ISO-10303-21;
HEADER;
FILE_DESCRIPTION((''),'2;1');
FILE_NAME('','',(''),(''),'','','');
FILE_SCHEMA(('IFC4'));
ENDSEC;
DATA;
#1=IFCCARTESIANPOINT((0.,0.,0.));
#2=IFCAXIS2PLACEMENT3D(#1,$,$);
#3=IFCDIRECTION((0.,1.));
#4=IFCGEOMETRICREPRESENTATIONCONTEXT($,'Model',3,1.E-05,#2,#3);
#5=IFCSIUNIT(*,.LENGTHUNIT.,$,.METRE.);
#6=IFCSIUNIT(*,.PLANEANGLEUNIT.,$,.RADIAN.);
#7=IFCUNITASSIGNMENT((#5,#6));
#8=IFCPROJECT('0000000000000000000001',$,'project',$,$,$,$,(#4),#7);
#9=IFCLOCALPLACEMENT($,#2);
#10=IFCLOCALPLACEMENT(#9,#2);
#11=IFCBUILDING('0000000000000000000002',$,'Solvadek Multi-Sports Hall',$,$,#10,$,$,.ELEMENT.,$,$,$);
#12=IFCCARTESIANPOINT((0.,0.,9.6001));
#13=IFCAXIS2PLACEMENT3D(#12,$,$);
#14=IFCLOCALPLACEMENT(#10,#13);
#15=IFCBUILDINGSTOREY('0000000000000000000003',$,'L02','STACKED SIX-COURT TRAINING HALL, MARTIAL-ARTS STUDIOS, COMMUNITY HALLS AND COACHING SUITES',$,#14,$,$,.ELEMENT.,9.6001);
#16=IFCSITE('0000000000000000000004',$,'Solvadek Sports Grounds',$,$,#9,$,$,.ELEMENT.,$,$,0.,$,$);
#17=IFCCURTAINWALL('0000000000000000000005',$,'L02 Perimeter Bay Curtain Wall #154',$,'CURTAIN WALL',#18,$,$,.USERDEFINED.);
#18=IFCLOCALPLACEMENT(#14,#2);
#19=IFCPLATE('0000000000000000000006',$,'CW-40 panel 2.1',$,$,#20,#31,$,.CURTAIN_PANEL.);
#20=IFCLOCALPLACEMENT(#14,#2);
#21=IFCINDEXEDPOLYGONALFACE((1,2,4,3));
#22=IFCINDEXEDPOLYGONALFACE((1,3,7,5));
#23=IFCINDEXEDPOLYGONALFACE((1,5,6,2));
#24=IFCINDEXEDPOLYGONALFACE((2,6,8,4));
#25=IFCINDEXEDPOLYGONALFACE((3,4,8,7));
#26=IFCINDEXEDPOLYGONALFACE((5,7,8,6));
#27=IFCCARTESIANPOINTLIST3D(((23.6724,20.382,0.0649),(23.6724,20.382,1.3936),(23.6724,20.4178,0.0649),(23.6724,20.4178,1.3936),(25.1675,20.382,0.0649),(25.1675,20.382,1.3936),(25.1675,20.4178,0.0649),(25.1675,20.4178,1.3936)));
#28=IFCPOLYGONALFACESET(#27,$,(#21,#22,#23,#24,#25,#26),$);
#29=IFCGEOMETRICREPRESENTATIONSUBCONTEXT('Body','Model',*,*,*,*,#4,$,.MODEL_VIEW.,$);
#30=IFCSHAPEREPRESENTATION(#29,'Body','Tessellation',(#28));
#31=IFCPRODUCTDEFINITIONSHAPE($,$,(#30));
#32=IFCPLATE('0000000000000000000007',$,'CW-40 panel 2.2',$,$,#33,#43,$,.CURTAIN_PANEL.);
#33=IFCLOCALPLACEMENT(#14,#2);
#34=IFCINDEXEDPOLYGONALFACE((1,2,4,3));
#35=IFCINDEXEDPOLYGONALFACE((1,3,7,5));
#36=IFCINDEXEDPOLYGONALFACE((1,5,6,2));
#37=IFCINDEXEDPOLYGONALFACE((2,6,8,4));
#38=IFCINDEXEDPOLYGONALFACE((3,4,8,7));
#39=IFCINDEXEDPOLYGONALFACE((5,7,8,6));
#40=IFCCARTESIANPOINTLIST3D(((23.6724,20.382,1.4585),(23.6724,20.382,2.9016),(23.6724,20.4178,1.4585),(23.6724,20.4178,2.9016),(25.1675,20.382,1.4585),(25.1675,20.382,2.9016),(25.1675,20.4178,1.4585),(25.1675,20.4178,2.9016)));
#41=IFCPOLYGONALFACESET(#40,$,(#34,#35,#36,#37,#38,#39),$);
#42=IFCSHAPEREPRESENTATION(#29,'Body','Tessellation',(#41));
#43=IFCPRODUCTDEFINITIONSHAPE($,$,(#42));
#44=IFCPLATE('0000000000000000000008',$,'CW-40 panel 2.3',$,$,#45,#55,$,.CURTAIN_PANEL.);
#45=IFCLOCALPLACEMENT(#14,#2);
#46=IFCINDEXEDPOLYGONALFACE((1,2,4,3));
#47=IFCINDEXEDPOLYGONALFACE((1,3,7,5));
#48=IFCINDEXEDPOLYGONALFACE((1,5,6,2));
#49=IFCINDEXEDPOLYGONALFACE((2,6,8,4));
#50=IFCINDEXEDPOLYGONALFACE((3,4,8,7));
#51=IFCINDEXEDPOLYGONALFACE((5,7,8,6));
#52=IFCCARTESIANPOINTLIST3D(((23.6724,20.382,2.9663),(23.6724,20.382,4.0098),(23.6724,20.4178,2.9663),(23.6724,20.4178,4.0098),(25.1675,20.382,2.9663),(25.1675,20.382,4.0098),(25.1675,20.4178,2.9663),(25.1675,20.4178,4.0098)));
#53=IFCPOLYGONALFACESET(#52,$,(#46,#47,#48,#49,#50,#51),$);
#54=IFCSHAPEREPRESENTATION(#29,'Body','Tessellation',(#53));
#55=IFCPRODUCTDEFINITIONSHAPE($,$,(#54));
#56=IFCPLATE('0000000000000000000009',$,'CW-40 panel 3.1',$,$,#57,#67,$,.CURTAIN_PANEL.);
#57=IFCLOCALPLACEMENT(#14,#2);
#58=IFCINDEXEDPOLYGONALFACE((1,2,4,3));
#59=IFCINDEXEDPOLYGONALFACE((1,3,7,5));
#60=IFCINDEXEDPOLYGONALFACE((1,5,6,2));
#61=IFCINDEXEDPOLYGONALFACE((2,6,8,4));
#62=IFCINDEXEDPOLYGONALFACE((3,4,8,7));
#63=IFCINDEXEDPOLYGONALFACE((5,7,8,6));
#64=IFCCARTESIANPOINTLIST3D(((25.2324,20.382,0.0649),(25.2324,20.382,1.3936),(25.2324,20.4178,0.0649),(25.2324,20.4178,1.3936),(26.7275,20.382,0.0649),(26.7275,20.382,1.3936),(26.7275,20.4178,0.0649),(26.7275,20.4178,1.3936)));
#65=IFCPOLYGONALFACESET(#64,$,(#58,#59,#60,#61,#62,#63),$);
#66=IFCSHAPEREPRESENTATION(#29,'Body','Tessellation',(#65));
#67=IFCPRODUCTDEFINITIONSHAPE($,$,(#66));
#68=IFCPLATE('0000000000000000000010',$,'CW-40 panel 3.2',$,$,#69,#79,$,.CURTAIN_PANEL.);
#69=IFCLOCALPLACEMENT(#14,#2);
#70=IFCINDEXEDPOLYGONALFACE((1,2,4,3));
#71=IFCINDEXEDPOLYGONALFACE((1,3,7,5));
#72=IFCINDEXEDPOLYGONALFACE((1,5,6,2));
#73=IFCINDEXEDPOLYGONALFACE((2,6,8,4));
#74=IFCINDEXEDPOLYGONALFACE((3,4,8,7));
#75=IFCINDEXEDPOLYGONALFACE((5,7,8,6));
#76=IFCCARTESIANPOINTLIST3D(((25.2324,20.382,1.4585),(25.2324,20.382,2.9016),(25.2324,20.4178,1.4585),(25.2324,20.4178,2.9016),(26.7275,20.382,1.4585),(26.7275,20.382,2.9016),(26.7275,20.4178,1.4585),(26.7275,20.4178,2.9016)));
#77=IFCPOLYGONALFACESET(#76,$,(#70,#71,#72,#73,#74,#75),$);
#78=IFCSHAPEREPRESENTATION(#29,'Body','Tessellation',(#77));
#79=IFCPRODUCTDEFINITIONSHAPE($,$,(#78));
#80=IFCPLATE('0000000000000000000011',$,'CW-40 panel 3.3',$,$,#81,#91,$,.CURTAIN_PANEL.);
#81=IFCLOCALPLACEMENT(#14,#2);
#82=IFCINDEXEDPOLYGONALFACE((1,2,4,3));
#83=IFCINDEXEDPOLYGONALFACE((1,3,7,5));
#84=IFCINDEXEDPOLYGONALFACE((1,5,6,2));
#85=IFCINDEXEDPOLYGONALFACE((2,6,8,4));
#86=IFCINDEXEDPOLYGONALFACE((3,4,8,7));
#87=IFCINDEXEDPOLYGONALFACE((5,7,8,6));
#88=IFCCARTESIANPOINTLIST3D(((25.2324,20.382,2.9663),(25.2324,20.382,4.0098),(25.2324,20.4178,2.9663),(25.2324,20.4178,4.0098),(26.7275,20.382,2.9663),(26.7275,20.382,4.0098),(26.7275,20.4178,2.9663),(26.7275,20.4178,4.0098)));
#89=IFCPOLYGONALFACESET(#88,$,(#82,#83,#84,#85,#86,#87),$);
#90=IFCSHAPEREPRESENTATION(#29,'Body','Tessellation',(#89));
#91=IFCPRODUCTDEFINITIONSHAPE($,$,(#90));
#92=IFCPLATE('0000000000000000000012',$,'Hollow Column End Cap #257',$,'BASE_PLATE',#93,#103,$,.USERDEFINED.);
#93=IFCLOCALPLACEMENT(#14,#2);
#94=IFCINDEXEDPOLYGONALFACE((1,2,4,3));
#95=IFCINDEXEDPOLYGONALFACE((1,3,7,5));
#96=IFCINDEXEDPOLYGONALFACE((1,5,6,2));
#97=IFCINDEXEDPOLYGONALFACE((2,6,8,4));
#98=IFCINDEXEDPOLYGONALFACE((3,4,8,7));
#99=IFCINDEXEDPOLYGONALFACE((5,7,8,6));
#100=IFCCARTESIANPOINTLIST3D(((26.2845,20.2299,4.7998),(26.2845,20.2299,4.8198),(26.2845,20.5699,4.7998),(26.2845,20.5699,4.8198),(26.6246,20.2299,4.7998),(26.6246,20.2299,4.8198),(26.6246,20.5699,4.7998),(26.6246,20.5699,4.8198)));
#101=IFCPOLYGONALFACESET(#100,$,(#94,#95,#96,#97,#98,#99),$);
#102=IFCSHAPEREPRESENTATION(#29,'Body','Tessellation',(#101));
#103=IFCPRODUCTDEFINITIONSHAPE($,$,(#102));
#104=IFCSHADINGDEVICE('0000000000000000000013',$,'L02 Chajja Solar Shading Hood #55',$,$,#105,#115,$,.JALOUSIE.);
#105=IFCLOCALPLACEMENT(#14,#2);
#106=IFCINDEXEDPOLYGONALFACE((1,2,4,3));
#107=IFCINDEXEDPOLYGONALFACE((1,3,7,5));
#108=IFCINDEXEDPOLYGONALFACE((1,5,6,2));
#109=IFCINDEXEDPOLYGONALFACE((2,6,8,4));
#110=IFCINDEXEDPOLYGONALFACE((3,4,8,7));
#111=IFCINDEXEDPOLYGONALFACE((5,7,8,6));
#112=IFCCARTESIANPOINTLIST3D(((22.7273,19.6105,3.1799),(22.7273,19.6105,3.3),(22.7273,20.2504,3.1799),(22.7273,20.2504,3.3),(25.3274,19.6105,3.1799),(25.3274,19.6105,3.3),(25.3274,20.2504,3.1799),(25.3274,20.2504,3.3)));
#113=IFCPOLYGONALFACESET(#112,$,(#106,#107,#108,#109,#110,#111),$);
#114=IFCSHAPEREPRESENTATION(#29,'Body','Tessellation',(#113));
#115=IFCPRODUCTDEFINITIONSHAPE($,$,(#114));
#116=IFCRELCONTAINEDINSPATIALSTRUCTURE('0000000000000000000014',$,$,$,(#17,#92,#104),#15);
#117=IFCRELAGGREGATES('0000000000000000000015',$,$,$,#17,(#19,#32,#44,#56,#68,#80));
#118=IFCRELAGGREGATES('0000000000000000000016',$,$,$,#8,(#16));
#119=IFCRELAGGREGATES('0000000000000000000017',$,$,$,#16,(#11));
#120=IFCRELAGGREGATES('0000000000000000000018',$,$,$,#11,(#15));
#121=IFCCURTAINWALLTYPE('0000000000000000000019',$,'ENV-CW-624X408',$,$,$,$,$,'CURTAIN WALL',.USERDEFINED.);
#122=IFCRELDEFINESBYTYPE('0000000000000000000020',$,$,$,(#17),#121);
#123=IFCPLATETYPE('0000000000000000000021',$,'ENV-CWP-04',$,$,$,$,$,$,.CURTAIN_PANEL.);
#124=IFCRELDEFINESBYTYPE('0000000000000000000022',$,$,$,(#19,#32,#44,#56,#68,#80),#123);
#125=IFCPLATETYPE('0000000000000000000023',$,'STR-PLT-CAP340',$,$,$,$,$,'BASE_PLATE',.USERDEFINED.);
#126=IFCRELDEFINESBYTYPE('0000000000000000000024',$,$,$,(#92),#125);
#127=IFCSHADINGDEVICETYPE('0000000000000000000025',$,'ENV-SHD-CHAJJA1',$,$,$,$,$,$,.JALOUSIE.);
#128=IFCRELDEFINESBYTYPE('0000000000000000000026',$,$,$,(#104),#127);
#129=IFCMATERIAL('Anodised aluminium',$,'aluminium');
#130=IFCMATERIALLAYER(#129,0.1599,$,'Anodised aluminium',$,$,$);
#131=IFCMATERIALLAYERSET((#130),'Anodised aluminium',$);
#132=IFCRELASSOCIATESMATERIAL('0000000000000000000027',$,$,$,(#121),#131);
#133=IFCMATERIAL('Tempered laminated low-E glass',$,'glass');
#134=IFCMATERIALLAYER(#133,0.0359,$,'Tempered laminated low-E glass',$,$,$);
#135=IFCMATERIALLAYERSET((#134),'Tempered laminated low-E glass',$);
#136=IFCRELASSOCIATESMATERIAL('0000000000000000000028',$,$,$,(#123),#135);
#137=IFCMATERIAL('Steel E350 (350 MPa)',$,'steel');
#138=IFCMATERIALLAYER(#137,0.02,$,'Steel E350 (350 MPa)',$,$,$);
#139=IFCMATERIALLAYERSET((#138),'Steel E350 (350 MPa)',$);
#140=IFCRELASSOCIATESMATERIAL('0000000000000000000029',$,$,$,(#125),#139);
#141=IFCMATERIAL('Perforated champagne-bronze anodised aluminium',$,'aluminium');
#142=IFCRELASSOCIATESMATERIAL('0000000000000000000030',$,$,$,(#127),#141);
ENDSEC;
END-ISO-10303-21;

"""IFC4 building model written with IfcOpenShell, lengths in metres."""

from ifc_helpers import new_model, si_unit, direction, frame, origin, origin_2d, place, context, subcontext, project, spatial, rectangle, extrude, material, layer, layer_set, type_object, element, aggregate, save


model = new_model("IFC4")

# Units and contexts
model_context = context("Model", 3, precision=1e-05, world=origin(), true_north=direction((0.0, 1.0)))
body_context = subcontext(model_context, "Body", "Model", "MODEL_VIEW")
ifc_project = project(units=[si_unit("LENGTHUNIT", "METRE"), si_unit("PLANEANGLEUNIT", "RADIAN")], contexts=[model_context])

# Site, building, storey
site_placement = place(None, origin())
site = spatial("IfcSite", under=ifc_project, at=site_placement, Name="Solvadek Sports Grounds", CompositionType="ELEMENT", RefElevation=0.0)
building_placement = place(site_placement, origin())
building = spatial("IfcBuilding", under=site, at=building_placement, Name="Solvadek Multi-Sports Hall", CompositionType="ELEMENT")
storey_placement = place(building_placement, frame((0.0, 0.0, 9.6001)))
storey = spatial("IfcBuildingStorey", under=building, at=storey_placement, Name="L02", Description="STACKED SIX-COURT TRAINING HALL, MARTIAL-ARTS STUDIOS, COMMUNITY HALLS AND COACHING SUITES", CompositionType="ELEMENT", Elevation=9.6001)

# Shared definitions
ifc_material_1 = material(Name="Steel E350 (350 MPa)", Category="steel")

# Shared definitions
ifc_material_2 = material(Name="Anodised aluminium", Category="aluminium")

# Curtain wall
ifc_layer_1 = layer(ifc_material_2, 0.1599, Name="Anodised aluminium")
ifc_layer_set_1 = layer_set([ifc_layer_1], Name="Anodised aluminium")
curtain_wall_type_1 = type_object("IfcCurtainWallType", Name="ENV-CW-624X408", ElementType="CURTAIN WALL", PredefinedType="USERDEFINED", material=ifc_layer_set_1)
curtain_wall_1_placement = place(storey_placement, origin())
curtain_wall_1 = element("IfcCurtainWall", 1, at=curtain_wall_1_placement, inside=storey, type_object=curtain_wall_type_1, Name="L02 Perimeter Bay Curtain Wall #154", ObjectType="CURTAIN WALL", PredefinedType="USERDEFINED")

# Plates
ifc_material_3 = material(Name="Tempered laminated low-E glass", Category="glass")
ifc_layer_2 = layer(ifc_material_3, 0.0359, Name="Tempered laminated low-E glass")
ifc_layer_set_2 = layer_set([ifc_layer_2], Name="Tempered laminated low-E glass")
plate_type_1 = type_object("IfcPlateType", Name="ENV-CWP-04", PredefinedType="CURTAIN_PANEL", material=ifc_layer_set_2)
plate_1_placement = place(storey_placement, frame((24.4199, 20.3999, 0.0649), z_axis=(0.0, 0.0, 1.0), x_axis=(1.0, 0.0, 0.0)))
plate_1 = element("IfcPlate", 2, at=plate_1_placement, type_object=plate_type_1, Name="CW-40 panel 2.1", PredefinedType="CURTAIN_PANEL", context=body_context, shape_type="SweptSolid", body=[
    extrude(rectangle(XDim=1.4951, YDim=0.0359, at=origin_2d()), origin(), (0.0, 0.0, 1.0), 1.3286),
])
plate_2_placement = place(storey_placement, frame((24.4199, 20.3999, 1.4585), z_axis=(0.0, 0.0, 1.0), x_axis=(1.0, 0.0, 0.0)))
plate_2 = element("IfcPlate", 3, at=plate_2_placement, type_object=plate_type_1, Name="CW-40 panel 2.2", PredefinedType="CURTAIN_PANEL", context=body_context, shape_type="SweptSolid", body=[
    extrude(rectangle(XDim=1.4951, YDim=0.0359, at=origin_2d()), origin(), (0.0, 0.0, 1.0), 1.4431),
])
plate_3_placement = place(storey_placement, frame((24.4199, 20.3999, 2.9663), z_axis=(0.0, 0.0, 1.0), x_axis=(1.0, 0.0, 0.0)))
plate_3 = element("IfcPlate", 4, at=plate_3_placement, type_object=plate_type_1, Name="CW-40 panel 2.3", PredefinedType="CURTAIN_PANEL", context=body_context, shape_type="SweptSolid", body=[
    extrude(rectangle(XDim=1.4951, YDim=0.0359, at=origin_2d()), origin(), (0.0, 0.0, 1.0), 1.0435),
])
plate_4_placement = place(storey_placement, frame((25.98, 20.3999, 0.0649), z_axis=(0.0, 0.0, 1.0), x_axis=(1.0, 0.0, 0.0)))
plate_4 = element("IfcPlate", 5, at=plate_4_placement, type_object=plate_type_1, Name="CW-40 panel 3.1", PredefinedType="CURTAIN_PANEL", context=body_context, shape_type="SweptSolid", body=[
    extrude(rectangle(XDim=1.4951, YDim=0.0359, at=origin_2d()), origin(), (0.0, 0.0, 1.0), 1.3286),
])
plate_5_placement = place(storey_placement, frame((25.98, 20.3999, 1.4585), z_axis=(0.0, 0.0, 1.0), x_axis=(1.0, 0.0, 0.0)))
plate_5 = element("IfcPlate", 6, at=plate_5_placement, type_object=plate_type_1, Name="CW-40 panel 3.2", PredefinedType="CURTAIN_PANEL", context=body_context, shape_type="SweptSolid", body=[
    extrude(rectangle(XDim=1.4951, YDim=0.0359, at=origin_2d()), origin(), (0.0, 0.0, 1.0), 1.4431),
])
plate_6_placement = place(storey_placement, frame((25.98, 20.3999, 2.9663), z_axis=(0.0, 0.0, 1.0), x_axis=(1.0, 0.0, 0.0)))
plate_6 = element("IfcPlate", 7, at=plate_6_placement, type_object=plate_type_1, Name="CW-40 panel 3.3", PredefinedType="CURTAIN_PANEL", context=body_context, shape_type="SweptSolid", body=[
    extrude(rectangle(XDim=1.4951, YDim=0.0359, at=origin_2d()), origin(), (0.0, 0.0, 1.0), 1.0435),
])
aggregate(curtain_wall_1, [plate_1, plate_2, plate_3, plate_4, plate_5, plate_6])
ifc_layer_3 = layer(ifc_material_1, 0.02, Name="Steel E350 (350 MPa)")
ifc_layer_set_3 = layer_set([ifc_layer_3], Name="Steel E350 (350 MPa)")
plate_type_2 = type_object("IfcPlateType", Name="STR-PLT-CAP340", ElementType="BASE_PLATE", PredefinedType="USERDEFINED", material=ifc_layer_set_3)
plate_7_placement = place(storey_placement, frame((26.4546, 20.3999, 4.7998), z_axis=(0.0, 0.0, 1.0), x_axis=(1.0, 0.0, 0.0)))
element("IfcPlate", 8, at=plate_7_placement, inside=storey, type_object=plate_type_2, Name="Hollow Column End Cap #257", ObjectType="BASE_PLATE", PredefinedType="USERDEFINED", context=body_context, shape_type="SweptSolid", body=[
    extrude(rectangle(XDim=0.3401, YDim=0.3401, at=origin_2d()), origin(), (0.0, 0.0, 1.0), 0.02),
])

# Shading device
ifc_material_4 = material(Name="Perforated champagne-bronze anodised aluminium", Category="aluminium")
shading_device_type = type_object("IfcShadingDeviceType", Name="ENV-SHD-CHAJJA1", PredefinedType="JALOUSIE", material=ifc_material_4)
shading_device_placement = place(storey_placement, frame((24.0273, 19.9304, 3.1799), z_axis=(0.0, 0.0, 1.0), x_axis=(1.0, 0.0, 0.0)))
element("IfcShadingDevice", 9, at=shading_device_placement, inside=storey, type_object=shading_device_type, Name="L02 Chajja Solar Shading Hood #55", PredefinedType="JALOUSIE", context=body_context, shape_type="SweptSolid", body=[
    extrude(rectangle(XDim=2.6001, YDim=0.6399, at=origin_2d()), origin(), (0.0, 0.0, 1.0), 0.1201),
])

save(model, "model.ifc")
